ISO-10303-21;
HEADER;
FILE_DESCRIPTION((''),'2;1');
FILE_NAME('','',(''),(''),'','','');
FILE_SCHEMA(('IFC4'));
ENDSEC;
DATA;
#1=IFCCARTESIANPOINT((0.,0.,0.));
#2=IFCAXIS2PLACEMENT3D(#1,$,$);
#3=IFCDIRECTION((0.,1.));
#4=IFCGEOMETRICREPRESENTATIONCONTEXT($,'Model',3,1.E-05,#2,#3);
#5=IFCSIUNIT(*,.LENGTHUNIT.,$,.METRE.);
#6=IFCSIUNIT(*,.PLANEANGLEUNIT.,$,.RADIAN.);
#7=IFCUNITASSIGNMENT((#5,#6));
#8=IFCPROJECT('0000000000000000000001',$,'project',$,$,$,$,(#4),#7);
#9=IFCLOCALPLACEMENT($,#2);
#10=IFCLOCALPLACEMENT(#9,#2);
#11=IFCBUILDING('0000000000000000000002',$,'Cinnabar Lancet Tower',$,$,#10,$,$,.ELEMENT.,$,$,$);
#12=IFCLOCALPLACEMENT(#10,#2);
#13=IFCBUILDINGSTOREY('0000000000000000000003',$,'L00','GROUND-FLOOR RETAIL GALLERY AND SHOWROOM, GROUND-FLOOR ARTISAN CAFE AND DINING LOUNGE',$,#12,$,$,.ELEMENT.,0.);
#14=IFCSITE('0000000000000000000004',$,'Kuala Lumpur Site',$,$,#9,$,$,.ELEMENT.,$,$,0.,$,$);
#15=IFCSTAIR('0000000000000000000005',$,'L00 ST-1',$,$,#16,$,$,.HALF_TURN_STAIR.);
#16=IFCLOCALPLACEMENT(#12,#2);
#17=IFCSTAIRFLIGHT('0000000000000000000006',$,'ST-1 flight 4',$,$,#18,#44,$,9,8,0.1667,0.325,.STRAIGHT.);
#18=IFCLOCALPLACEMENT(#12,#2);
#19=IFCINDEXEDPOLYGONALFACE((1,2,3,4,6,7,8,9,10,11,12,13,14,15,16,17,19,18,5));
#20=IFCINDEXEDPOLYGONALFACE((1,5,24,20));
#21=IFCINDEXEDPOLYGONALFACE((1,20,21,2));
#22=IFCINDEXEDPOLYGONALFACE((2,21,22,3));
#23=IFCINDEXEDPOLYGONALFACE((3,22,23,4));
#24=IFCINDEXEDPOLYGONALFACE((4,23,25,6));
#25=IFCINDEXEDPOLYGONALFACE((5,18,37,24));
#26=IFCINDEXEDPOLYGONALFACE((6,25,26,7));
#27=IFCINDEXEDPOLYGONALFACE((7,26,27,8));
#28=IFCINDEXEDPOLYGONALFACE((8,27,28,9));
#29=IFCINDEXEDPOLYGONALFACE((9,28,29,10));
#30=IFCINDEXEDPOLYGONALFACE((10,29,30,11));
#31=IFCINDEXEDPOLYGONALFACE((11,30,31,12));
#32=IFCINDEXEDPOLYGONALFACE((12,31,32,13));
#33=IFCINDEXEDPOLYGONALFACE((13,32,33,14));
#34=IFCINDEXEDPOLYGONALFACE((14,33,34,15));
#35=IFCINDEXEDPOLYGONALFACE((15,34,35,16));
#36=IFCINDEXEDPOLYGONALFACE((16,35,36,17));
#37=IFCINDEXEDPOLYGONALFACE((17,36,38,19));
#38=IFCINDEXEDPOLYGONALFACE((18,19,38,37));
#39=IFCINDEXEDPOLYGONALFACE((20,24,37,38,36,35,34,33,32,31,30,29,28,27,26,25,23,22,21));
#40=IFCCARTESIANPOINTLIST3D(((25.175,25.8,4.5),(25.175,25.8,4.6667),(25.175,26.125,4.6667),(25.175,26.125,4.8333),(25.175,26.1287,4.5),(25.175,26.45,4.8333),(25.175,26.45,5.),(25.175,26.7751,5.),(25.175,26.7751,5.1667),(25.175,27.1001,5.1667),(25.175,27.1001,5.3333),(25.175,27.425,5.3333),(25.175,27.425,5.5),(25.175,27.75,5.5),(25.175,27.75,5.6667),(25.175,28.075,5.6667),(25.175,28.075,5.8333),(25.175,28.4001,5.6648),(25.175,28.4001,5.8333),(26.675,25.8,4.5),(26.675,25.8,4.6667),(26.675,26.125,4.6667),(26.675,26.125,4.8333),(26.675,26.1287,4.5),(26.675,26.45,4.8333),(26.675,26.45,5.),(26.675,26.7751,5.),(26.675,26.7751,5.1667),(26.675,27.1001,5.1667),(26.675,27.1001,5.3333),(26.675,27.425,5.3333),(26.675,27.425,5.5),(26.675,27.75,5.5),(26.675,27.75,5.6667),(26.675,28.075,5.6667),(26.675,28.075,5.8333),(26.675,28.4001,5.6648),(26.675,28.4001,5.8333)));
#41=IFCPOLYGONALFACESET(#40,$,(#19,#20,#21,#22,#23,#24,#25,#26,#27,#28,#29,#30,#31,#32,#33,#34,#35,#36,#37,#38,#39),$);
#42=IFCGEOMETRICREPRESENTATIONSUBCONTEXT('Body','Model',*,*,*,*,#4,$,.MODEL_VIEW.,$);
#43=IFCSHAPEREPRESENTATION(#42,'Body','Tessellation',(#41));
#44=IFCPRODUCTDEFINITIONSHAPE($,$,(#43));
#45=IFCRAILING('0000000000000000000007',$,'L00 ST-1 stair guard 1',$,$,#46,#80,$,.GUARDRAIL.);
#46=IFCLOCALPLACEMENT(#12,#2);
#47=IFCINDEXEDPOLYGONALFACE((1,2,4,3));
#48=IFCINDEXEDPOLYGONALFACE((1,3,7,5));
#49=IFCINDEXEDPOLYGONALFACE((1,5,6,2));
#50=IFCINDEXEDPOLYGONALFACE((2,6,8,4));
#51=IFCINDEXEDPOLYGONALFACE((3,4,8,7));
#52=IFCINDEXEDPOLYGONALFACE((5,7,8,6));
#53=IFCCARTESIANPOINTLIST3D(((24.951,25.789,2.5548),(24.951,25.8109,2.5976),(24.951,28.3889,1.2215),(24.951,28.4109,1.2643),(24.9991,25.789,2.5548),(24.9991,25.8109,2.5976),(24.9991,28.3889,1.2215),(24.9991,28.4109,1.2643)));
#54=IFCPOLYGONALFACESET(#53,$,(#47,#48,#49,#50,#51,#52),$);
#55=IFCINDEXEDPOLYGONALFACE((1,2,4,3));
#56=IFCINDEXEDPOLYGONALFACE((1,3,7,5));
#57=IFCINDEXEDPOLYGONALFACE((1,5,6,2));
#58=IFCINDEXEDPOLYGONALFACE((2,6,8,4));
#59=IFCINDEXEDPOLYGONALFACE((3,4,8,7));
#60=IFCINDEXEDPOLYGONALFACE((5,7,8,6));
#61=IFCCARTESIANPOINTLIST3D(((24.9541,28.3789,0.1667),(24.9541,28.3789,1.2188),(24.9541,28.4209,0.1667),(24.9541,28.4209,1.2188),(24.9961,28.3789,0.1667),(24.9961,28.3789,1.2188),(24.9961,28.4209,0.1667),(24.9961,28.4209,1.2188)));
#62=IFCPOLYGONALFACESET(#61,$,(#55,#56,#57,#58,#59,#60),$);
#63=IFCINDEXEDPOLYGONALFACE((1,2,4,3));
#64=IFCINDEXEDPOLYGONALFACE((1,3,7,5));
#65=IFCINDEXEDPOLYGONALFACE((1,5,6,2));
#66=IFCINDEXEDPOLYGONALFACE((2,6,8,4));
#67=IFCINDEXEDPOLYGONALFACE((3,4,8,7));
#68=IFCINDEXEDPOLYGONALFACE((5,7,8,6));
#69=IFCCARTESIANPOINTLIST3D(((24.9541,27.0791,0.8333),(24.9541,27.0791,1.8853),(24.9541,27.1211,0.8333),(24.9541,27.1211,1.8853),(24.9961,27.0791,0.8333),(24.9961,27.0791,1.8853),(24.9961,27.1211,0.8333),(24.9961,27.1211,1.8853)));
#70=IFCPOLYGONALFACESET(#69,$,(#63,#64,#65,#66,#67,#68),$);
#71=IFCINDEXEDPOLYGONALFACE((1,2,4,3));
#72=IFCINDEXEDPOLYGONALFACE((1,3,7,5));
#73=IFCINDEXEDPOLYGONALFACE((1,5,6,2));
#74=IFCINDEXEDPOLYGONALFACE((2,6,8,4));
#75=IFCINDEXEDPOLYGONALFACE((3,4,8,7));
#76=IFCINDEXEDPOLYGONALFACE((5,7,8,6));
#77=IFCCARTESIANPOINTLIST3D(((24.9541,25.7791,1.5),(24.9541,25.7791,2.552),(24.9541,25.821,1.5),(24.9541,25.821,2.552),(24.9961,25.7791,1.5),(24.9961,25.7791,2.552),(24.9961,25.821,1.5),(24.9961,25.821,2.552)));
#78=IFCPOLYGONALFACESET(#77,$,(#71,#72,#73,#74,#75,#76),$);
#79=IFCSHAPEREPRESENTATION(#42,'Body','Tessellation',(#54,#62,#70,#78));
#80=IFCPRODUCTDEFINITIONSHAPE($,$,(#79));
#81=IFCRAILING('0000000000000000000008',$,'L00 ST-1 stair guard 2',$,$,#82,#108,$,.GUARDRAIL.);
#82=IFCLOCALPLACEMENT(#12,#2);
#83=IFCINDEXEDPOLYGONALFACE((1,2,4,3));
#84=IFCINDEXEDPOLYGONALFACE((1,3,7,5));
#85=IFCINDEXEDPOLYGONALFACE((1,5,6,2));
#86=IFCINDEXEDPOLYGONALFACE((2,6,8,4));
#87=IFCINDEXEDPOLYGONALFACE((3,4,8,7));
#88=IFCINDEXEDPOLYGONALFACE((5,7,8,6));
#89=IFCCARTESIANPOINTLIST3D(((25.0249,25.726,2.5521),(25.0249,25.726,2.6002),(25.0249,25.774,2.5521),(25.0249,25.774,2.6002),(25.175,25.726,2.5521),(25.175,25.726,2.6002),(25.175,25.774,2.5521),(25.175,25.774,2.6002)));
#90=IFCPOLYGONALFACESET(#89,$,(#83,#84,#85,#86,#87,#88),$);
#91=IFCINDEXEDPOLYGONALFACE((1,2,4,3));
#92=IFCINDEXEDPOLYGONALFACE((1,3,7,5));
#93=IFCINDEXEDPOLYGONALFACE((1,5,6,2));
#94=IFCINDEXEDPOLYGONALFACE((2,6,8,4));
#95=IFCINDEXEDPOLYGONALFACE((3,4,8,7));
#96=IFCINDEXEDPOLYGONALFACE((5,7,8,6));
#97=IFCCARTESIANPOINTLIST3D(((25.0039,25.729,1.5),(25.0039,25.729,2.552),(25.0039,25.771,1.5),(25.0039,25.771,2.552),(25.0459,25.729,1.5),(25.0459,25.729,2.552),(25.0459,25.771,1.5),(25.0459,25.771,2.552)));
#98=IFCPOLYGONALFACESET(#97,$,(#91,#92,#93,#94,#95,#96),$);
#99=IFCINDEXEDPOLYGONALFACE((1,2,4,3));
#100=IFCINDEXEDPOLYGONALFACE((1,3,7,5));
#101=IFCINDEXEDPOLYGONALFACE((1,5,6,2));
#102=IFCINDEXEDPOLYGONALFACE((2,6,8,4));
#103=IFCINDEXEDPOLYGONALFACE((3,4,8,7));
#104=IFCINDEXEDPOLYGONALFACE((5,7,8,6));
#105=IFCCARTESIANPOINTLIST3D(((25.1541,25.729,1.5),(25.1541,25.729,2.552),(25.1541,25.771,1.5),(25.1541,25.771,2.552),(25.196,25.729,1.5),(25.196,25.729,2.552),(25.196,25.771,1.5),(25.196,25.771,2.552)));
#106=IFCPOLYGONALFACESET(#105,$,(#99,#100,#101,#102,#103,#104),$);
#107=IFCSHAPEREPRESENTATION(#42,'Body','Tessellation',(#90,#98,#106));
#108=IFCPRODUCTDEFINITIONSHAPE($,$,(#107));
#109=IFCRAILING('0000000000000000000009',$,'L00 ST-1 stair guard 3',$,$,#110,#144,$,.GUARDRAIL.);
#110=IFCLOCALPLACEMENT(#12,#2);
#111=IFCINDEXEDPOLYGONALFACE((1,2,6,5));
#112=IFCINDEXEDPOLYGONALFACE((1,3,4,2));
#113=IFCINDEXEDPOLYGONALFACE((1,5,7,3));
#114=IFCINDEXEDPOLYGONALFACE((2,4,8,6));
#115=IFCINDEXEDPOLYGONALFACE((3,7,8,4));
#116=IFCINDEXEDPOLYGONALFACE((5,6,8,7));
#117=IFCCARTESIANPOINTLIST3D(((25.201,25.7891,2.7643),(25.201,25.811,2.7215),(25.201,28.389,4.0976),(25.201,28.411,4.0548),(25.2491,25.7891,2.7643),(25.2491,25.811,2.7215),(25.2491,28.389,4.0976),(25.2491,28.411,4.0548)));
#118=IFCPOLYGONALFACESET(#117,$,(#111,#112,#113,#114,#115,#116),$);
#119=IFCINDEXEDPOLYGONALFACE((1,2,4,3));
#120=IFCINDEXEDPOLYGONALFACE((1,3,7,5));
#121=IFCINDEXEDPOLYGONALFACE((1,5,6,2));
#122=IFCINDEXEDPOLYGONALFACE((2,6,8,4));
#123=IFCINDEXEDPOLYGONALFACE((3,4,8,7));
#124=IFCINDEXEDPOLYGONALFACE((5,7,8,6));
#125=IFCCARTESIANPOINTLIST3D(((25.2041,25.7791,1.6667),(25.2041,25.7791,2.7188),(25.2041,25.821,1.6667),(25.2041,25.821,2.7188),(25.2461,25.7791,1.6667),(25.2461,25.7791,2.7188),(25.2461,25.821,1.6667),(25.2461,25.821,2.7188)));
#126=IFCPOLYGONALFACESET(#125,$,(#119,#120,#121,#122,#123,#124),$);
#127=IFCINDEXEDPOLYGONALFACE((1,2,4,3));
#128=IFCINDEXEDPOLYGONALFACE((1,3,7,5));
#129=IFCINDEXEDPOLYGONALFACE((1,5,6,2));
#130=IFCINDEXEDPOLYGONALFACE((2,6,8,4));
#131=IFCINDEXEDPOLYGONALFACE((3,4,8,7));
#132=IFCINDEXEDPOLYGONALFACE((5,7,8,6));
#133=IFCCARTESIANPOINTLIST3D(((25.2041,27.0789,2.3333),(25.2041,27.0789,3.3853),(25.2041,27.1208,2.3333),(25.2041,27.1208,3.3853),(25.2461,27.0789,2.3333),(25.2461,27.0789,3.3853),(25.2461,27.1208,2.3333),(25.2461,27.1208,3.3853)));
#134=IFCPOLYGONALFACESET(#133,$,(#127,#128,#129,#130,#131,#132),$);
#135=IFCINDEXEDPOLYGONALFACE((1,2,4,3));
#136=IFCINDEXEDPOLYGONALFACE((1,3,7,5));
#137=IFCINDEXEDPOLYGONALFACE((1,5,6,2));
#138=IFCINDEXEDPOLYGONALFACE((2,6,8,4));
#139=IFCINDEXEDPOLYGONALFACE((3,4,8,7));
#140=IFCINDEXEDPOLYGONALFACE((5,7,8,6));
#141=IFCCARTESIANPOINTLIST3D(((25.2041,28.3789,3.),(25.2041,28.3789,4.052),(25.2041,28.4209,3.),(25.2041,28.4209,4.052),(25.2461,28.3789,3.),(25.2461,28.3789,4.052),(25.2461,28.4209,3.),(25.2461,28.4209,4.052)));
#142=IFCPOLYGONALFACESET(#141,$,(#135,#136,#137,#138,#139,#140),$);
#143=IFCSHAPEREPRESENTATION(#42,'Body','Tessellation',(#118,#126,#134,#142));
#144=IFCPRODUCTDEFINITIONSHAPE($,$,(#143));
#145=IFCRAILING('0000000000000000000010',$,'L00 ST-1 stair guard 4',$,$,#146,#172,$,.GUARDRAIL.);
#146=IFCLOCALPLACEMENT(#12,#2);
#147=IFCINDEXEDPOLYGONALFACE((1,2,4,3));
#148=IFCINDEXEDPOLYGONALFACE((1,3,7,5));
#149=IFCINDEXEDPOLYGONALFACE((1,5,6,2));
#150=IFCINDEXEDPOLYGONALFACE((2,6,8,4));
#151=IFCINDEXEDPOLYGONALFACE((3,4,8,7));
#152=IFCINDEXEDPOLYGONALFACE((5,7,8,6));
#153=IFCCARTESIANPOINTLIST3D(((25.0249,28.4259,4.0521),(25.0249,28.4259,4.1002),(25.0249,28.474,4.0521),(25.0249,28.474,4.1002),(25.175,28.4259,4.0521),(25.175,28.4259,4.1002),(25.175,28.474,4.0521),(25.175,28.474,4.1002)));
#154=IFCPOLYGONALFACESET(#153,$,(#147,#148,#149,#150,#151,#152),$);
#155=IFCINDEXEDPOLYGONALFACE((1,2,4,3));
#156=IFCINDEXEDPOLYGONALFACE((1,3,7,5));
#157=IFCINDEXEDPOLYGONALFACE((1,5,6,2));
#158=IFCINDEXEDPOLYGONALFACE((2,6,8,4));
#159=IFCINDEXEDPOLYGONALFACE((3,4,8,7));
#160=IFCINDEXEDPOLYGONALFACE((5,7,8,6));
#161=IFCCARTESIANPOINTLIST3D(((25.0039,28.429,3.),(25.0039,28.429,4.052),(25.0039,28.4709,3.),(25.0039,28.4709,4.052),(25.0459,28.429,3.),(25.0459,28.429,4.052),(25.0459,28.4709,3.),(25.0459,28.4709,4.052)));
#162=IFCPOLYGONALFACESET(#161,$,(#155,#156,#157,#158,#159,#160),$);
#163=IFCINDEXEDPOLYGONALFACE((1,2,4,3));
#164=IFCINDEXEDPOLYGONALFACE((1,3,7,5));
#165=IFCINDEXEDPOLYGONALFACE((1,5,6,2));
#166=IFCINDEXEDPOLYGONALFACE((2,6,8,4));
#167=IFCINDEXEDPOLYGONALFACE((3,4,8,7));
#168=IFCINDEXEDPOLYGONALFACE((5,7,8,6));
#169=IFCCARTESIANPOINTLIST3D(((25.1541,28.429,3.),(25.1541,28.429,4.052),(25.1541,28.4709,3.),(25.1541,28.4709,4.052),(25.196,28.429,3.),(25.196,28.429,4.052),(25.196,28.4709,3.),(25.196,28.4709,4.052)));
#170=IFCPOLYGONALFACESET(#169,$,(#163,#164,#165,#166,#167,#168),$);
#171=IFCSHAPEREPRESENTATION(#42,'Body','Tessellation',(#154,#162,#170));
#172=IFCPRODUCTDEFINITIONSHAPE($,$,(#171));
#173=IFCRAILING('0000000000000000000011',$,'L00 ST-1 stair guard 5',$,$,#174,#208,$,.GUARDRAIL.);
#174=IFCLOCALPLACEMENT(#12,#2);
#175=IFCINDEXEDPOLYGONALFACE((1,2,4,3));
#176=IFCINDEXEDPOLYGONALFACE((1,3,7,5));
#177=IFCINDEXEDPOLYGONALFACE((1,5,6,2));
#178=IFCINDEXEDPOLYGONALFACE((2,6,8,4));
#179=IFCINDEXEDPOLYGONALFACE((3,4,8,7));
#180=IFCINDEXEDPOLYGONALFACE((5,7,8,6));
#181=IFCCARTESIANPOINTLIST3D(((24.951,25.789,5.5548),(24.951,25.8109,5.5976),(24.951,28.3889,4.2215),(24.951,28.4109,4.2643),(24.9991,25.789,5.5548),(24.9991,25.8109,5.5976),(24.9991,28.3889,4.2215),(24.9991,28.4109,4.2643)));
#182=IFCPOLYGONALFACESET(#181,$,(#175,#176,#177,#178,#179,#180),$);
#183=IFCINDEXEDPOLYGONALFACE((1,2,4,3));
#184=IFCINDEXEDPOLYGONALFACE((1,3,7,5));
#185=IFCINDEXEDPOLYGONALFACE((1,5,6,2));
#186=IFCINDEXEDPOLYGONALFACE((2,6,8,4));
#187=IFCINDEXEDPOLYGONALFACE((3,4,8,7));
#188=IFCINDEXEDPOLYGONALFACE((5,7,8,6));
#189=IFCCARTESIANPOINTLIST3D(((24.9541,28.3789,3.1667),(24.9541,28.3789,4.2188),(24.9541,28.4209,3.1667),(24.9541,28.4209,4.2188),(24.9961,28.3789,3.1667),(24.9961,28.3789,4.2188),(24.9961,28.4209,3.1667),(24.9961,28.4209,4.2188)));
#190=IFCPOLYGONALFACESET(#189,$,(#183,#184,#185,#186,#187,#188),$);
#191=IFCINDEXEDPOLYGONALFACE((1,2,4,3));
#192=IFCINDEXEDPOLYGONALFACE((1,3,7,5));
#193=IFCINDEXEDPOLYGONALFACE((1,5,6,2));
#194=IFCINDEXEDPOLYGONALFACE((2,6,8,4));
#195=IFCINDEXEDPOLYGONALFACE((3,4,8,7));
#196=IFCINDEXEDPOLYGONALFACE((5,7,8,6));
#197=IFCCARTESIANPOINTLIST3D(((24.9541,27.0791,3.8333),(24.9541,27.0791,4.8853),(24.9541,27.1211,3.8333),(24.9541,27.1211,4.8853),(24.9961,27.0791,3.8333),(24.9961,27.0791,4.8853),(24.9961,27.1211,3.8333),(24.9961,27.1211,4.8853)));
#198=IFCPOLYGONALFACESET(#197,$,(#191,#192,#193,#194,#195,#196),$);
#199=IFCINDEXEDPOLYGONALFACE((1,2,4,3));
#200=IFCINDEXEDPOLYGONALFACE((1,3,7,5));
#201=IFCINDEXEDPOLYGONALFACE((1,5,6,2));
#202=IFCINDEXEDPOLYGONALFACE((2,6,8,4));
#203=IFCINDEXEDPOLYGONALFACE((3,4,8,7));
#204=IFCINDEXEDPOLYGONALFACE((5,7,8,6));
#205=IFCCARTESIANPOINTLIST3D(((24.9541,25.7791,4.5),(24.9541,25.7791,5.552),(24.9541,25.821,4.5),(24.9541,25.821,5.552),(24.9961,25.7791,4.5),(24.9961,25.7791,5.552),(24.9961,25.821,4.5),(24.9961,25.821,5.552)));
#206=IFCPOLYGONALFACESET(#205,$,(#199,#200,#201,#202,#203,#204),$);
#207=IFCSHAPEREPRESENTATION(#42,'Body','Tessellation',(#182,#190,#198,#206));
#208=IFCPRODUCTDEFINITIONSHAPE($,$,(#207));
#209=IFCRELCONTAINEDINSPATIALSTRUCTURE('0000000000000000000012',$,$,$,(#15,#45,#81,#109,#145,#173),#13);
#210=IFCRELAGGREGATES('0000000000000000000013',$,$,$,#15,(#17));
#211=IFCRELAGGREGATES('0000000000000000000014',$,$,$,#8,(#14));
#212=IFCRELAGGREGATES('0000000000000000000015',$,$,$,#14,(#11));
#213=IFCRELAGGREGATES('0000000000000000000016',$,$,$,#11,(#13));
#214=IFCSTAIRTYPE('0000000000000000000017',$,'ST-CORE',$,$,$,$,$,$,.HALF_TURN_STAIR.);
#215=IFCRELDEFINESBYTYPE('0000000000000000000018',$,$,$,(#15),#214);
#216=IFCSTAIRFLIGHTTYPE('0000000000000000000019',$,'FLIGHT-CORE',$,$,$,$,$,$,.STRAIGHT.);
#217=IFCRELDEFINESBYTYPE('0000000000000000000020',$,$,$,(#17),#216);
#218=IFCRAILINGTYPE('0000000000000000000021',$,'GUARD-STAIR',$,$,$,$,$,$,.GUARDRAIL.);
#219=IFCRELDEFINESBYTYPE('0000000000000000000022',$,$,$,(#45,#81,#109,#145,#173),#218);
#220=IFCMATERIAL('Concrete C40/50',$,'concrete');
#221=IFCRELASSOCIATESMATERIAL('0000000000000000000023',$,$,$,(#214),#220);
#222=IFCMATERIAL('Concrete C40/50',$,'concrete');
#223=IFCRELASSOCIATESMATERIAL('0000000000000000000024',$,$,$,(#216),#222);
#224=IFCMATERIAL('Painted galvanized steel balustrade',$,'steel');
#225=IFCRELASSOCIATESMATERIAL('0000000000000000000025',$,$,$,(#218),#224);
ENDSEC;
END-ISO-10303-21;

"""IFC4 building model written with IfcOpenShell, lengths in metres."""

from ifc_helpers import new_model, si_unit, direction, frame, origin, origin_2d, place, context, subcontext, project, spatial, polyline, rectangle, outline, extrude, material, type_object, element, aggregate, save


model = new_model("IFC4")

# Units and contexts
model_context = context("Model", 3, precision=1e-05, world=origin(), true_north=direction((0.0, 1.0)))
body_context = subcontext(model_context, "Body", "Model", "MODEL_VIEW")
ifc_project = project(units=[si_unit("LENGTHUNIT", "METRE"), si_unit("PLANEANGLEUNIT", "RADIAN")], contexts=[model_context])

# Site, building, storey
site_placement = place(None, origin())
site = spatial("IfcSite", under=ifc_project, at=site_placement, Name="Kuala Lumpur Site", CompositionType="ELEMENT", RefElevation=0.0)
building_placement = place(site_placement, origin())
building = spatial("IfcBuilding", under=site, at=building_placement, Name="Cinnabar Lancet Tower", CompositionType="ELEMENT")
storey_placement = place(building_placement, origin())
storey = spatial("IfcBuildingStorey", under=building, at=storey_placement, Name="L00", Description="GROUND-FLOOR RETAIL GALLERY AND SHOWROOM, GROUND-FLOOR ARTISAN CAFE AND DINING LOUNGE", CompositionType="ELEMENT", Elevation=0.0)

# Stair, stair flight
ifc_material_1 = material(Name="Concrete C40/50", Category="concrete")
stair_type = type_object("IfcStairType", Name="ST-CORE", PredefinedType="HALF_TURN_STAIR", material=ifc_material_1)
stair_placement = place(storey_placement, origin())
stair = element("IfcStair", 1, at=stair_placement, inside=storey, type_object=stair_type, Name="L00 ST-1", PredefinedType="HALF_TURN_STAIR")
ifc_material_2 = material(Name="Concrete C40/50", Category="concrete")
stair_flight_type = type_object("IfcStairFlightType", Name="FLIGHT-CORE", PredefinedType="STRAIGHT", material=ifc_material_2)
stair_flight_1_placement = place(storey_placement, frame((25.925, 25.8, 4.5), z_axis=(0.0, 0.0, 1.0), x_axis=(0.0, 1.0, 0.0)))
stair_flight_1 = element("IfcStairFlight", 2, at=stair_flight_1_placement, type_object=stair_flight_type, Name="ST-1 flight 4", NumberOfRisers=9, NumberOfTreads=8, PredefinedType="STRAIGHT", RiserHeight=0.1667, TreadLength=0.325, context=body_context, shape_type="SweptSolid", body=[
    extrude(outline(polyline([(0.0, 0.0), (0.0, 0.1667), (0.325, 0.1667), (0.325, 0.3333), (0.6499, 0.3333), (0.6499, 0.5), (0.9751, 0.5), (0.9751, 0.6667), (1.3, 0.6667), (1.3, 0.8333), (1.625, 0.8333), (1.625, 1.0), (1.95, 1.0), (1.95, 1.1667), (2.2749, 1.1667), (2.2749, 1.3333), (2.6001, 1.3333), (2.6001, 1.5), (2.6001, 1.1648), (0.3286, 0.0), (0.0, 0.0)])), frame((0.0, 0.75, 0.0), z_axis=(0.0, -1.0, 0.0), x_axis=(1.0, 0.0, 0.0)), (0.0, 0.0, 1.0), 1.5),
])
aggregate(stair, [stair_flight_1])

# Railings
ifc_material_3 = material(Name="Painted galvanized steel balustrade", Category="steel")
railing_type_1 = type_object("IfcRailingType", Name="GUARD-STAIR", PredefinedType="GUARDRAIL", material=ifc_material_3)
railing_1_placement = place(storey_placement, frame((24.9751, 28.3999, 0.1667)))
element("IfcRailing", 3, at=railing_1_placement, inside=storey, type_object=railing_type_1, Name="L00 ST-1 stair guard 1", PredefinedType="GUARDRAIL", context=body_context, shape_type="SweptSolid", body=[
    extrude(rectangle(XDim=0.0481, YDim=0.0481, at=origin_2d()), frame((0.0, 0.0, 1.0762), z_axis=(0.0, -0.889818, 0.456315), x_axis=(1.0, 0.0, 0.0)), (0.0, 0.0, 1.0), 2.9219),
    extrude(rectangle(XDim=0.042, YDim=0.042, at=origin_2d()), origin(), (0.0, 0.0, 1.0), 1.052),
    extrude(rectangle(XDim=0.042, YDim=0.042, at=origin_2d()), frame((0.0, -1.2998, 0.6665)), (0.0, 0.0, 1.0), 1.052),
    extrude(rectangle(XDim=0.042, YDim=0.042, at=origin_2d()), frame((0.0, -2.5999, 1.3333)), (0.0, 0.0, 1.0), 1.052),
])
railing_2_placement = place(storey_placement, frame((25.0249, 25.75, 1.5)))
element("IfcRailing", 4, at=railing_2_placement, inside=storey, type_object=railing_type_1, Name="L00 ST-1 stair guard 2", PredefinedType="GUARDRAIL", context=body_context, shape_type="SweptSolid", body=[
    extrude(rectangle(XDim=0.0481, YDim=0.0481, at=origin_2d()), frame((0.0, 0.0, 1.0762), z_axis=(1.0, 0.0, 0.0), x_axis=(0.0, 1.0, 0.0)), (0.0, 0.0, 1.0), 0.1501),
    extrude(rectangle(XDim=0.042, YDim=0.042, at=origin_2d()), origin(), (0.0, 0.0, 1.0), 1.052),
    extrude(rectangle(XDim=0.042, YDim=0.042, at=origin_2d()), frame((0.1501, 0.0, 0.0)), (0.0, 0.0, 1.0), 1.052),
])
railing_3_placement = place(storey_placement, frame((25.2251, 25.8, 1.6667)))
element("IfcRailing", 5, at=railing_3_placement, inside=storey, type_object=railing_type_1, Name="L00 ST-1 stair guard 3", PredefinedType="GUARDRAIL", context=body_context, shape_type="SweptSolid", body=[
    extrude(rectangle(XDim=0.0481, YDim=0.0481, at=origin_2d()), frame((0.0, 0.0, 1.0762), z_axis=(0.0, 0.889818, 0.456315), x_axis=(-1.0, 0.0, 0.0)), (0.0, 0.0, 1.0), 2.9219),
    extrude(rectangle(XDim=0.042, YDim=0.042, at=origin_2d()), origin(), (0.0, 0.0, 1.0), 1.052),
    extrude(rectangle(XDim=0.042, YDim=0.042, at=origin_2d()), frame((0.0, 1.2998, 0.6665)), (0.0, 0.0, 1.0), 1.052),
    extrude(rectangle(XDim=0.042, YDim=0.042, at=origin_2d()), frame((0.0, 2.5999, 1.3333)), (0.0, 0.0, 1.0), 1.052),
])
railing_4_placement = place(storey_placement, frame((25.0249, 28.45, 3.0)))
element("IfcRailing", 6, at=railing_4_placement, inside=storey, type_object=railing_type_1, Name="L00 ST-1 stair guard 4", PredefinedType="GUARDRAIL", context=body_context, shape_type="SweptSolid", body=[
    extrude(rectangle(XDim=0.0481, YDim=0.0481, at=origin_2d()), frame((0.0, 0.0, 1.0762), z_axis=(1.0, 0.0, 0.0), x_axis=(0.0, 1.0, 0.0)), (0.0, 0.0, 1.0), 0.1501),
    extrude(rectangle(XDim=0.042, YDim=0.042, at=origin_2d()), origin(), (0.0, 0.0, 1.0), 1.052),
    extrude(rectangle(XDim=0.042, YDim=0.042, at=origin_2d()), frame((0.1501, 0.0, 0.0)), (0.0, 0.0, 1.0), 1.052),
])
railing_5_placement = place(storey_placement, frame((24.9751, 28.3999, 3.1667)))
element("IfcRailing", 7, at=railing_5_placement, inside=storey, type_object=railing_type_1, Name="L00 ST-1 stair guard 5", PredefinedType="GUARDRAIL", context=body_context, shape_type="SweptSolid", body=[
    extrude(rectangle(XDim=0.0481, YDim=0.0481, at=origin_2d()), frame((0.0, 0.0, 1.0762), z_axis=(0.0, -0.889818, 0.456315), x_axis=(1.0, 0.0, 0.0)), (0.0, 0.0, 1.0), 2.9219),
    extrude(rectangle(XDim=0.042, YDim=0.042, at=origin_2d()), origin(), (0.0, 0.0, 1.0), 1.052),
    extrude(rectangle(XDim=0.042, YDim=0.042, at=origin_2d()), frame((0.0, -1.2998, 0.6665)), (0.0, 0.0, 1.0), 1.052),
    extrude(rectangle(XDim=0.042, YDim=0.042, at=origin_2d()), frame((0.0, -2.5999, 1.3333)), (0.0, 0.0, 1.0), 1.052),
])

save(model, "model.ifc")
